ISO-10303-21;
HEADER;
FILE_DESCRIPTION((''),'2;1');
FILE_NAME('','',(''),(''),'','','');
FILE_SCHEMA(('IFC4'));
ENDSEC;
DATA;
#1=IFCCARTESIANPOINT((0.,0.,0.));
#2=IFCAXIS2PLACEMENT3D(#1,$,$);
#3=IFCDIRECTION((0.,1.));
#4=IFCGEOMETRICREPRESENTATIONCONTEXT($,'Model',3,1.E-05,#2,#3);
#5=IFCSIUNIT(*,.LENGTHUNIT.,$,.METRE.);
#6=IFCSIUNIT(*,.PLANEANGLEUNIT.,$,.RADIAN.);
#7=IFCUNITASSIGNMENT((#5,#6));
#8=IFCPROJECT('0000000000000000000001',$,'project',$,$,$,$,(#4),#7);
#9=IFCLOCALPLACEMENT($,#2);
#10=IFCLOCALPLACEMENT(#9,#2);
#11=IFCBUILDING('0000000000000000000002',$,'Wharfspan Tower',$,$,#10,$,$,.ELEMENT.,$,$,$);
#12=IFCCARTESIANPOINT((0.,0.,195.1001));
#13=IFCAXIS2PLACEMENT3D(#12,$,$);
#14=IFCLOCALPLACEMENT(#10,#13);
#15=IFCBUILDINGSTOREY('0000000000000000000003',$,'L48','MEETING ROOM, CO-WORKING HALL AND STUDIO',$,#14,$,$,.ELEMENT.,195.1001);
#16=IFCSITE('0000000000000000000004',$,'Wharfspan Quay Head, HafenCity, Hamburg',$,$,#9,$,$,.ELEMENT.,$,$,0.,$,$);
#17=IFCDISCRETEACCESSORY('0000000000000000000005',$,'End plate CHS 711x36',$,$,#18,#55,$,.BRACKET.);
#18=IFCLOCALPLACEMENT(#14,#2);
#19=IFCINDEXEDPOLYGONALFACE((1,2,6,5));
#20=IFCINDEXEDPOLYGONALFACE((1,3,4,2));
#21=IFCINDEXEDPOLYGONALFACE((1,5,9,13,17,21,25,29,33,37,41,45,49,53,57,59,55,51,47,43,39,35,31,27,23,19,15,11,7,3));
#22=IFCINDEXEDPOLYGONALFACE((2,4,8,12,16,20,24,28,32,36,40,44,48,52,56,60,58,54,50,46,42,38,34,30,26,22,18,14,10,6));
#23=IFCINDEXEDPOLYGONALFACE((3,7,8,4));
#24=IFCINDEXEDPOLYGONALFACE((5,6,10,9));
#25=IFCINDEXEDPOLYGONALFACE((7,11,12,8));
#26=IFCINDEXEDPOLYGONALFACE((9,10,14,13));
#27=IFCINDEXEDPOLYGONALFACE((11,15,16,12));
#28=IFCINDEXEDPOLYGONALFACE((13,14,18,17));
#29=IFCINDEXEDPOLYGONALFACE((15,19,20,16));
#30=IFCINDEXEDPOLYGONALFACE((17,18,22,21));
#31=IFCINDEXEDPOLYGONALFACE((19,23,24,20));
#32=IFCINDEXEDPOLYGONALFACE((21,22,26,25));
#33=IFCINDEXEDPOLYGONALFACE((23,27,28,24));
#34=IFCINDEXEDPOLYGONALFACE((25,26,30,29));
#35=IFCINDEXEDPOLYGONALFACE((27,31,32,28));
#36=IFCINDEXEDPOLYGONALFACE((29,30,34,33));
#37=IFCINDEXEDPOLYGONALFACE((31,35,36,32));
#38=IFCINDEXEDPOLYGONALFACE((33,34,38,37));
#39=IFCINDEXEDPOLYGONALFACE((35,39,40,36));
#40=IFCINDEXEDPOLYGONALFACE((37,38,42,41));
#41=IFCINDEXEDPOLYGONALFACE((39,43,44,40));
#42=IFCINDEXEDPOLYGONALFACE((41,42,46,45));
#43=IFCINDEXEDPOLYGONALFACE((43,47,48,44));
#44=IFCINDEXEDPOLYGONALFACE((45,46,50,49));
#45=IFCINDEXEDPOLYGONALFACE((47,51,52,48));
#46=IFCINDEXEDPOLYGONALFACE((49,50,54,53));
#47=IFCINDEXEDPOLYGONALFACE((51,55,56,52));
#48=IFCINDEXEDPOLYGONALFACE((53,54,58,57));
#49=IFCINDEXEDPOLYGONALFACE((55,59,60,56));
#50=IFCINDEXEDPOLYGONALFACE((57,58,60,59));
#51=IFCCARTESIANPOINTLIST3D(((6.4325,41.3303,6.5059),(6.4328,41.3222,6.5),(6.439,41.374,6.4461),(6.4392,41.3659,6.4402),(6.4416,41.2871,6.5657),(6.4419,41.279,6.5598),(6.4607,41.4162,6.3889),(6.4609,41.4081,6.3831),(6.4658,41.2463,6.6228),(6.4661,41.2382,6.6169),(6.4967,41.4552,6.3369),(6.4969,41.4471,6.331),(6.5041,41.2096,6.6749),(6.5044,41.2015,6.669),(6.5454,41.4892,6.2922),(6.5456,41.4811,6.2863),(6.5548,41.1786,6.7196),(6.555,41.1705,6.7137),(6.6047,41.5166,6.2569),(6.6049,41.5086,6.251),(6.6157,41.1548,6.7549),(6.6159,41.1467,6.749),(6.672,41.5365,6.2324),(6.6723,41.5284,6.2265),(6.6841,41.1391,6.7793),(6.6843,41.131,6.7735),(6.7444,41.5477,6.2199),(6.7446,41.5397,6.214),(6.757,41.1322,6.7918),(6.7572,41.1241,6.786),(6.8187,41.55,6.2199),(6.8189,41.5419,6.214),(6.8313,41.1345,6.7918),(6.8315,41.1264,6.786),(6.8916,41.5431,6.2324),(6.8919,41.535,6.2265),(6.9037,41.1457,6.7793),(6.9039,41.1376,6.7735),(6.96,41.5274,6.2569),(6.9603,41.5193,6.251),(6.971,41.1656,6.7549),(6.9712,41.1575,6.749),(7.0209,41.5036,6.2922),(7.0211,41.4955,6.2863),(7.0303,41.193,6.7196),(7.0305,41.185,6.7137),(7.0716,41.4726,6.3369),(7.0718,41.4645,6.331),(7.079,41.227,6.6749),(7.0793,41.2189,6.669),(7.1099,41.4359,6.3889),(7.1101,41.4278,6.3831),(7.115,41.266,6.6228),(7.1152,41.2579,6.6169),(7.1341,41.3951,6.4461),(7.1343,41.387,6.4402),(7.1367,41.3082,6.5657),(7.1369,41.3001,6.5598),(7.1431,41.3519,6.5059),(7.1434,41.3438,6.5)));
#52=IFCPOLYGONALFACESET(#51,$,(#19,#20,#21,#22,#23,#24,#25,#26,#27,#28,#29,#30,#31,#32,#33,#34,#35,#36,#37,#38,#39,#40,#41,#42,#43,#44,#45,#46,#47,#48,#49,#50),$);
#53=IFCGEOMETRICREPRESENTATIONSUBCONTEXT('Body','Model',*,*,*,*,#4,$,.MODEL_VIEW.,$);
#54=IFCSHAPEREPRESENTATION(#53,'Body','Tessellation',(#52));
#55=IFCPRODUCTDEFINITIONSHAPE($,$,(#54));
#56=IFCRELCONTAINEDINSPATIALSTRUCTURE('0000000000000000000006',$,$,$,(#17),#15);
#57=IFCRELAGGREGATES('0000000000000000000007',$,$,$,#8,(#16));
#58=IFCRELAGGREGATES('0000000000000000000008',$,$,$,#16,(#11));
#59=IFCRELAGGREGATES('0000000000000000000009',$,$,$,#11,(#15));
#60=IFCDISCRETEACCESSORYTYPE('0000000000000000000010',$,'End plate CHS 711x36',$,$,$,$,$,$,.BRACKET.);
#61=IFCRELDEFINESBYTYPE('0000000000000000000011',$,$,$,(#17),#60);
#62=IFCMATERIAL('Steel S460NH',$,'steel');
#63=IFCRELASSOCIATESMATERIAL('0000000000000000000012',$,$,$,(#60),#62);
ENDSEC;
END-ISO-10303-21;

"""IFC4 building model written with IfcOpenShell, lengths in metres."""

from ifc_helpers import new_model, si_unit, direction, frame, origin, origin_2d, place, context, subcontext, project, spatial, circle, extrude, material, material_profile, profile_set, type_object, element, save


model = new_model("IFC4")

# Units and contexts
model_context = context("Model", 3, precision=1e-05, world=origin(), true_north=direction((0.0, 1.0)))
body_context = subcontext(model_context, "Body", "Model", "MODEL_VIEW")
ifc_project = project(units=[si_unit("LENGTHUNIT", "METRE"), si_unit("PLANEANGLEUNIT", "RADIAN")], contexts=[model_context])

# Site, building, storey
site_placement = place(None, origin())
site = spatial("IfcSite", under=ifc_project, at=site_placement, Name="Wharfspan Quay Head, HafenCity, Hamburg", CompositionType="ELEMENT", RefElevation=0.0)
building_placement = place(site_placement, origin())
building = spatial("IfcBuilding", under=site, at=building_placement, Name="Wharfspan Tower", CompositionType="ELEMENT")
storey_placement = place(building_placement, frame((0.0, 0.0, 195.1001)))
storey = spatial("IfcBuildingStorey", under=building, at=storey_placement, Name="L48", Description="MEETING ROOM, CO-WORKING HALL AND STUDIO", CompositionType="ELEMENT", Elevation=195.1001)

# Shared definitions
ifc_material_1 = material(Name="Steel S460NH", Category="steel")

# Discrete accessory
ifc_material_profile_1 = material_profile(ifc_material_1, circle(Radius=0.3555, at=origin_2d()))
ifc_profile_set_1 = profile_set([ifc_material_profile_1], Name="Steel S460NH")
discrete_accessory_type = type_object("IfcDiscreteAccessoryType", Name="End plate CHS 711x36", PredefinedType="BRACKET", material=ifc_profile_set_1)
discrete_accessory_1_placement = place(storey_placement, frame((6.7881, 41.333, 6.5), z_axis=(-0.0245, 0.808493, 0.587995), x_axis=(-0.999537, -0.03029, 0.000001)))
element("IfcDiscreteAccessory", 1, at=discrete_accessory_1_placement, inside=storey, type_object=discrete_accessory_type, Name="End plate CHS 711x36", PredefinedType="BRACKET", context=body_context, shape_type="SweptSolid", body=[
    extrude(circle(Radius=0.3555, at=origin_2d()), origin(), (0.0, 0.0, 1.0), 0.01),
])

save(model, "model.ifc")
